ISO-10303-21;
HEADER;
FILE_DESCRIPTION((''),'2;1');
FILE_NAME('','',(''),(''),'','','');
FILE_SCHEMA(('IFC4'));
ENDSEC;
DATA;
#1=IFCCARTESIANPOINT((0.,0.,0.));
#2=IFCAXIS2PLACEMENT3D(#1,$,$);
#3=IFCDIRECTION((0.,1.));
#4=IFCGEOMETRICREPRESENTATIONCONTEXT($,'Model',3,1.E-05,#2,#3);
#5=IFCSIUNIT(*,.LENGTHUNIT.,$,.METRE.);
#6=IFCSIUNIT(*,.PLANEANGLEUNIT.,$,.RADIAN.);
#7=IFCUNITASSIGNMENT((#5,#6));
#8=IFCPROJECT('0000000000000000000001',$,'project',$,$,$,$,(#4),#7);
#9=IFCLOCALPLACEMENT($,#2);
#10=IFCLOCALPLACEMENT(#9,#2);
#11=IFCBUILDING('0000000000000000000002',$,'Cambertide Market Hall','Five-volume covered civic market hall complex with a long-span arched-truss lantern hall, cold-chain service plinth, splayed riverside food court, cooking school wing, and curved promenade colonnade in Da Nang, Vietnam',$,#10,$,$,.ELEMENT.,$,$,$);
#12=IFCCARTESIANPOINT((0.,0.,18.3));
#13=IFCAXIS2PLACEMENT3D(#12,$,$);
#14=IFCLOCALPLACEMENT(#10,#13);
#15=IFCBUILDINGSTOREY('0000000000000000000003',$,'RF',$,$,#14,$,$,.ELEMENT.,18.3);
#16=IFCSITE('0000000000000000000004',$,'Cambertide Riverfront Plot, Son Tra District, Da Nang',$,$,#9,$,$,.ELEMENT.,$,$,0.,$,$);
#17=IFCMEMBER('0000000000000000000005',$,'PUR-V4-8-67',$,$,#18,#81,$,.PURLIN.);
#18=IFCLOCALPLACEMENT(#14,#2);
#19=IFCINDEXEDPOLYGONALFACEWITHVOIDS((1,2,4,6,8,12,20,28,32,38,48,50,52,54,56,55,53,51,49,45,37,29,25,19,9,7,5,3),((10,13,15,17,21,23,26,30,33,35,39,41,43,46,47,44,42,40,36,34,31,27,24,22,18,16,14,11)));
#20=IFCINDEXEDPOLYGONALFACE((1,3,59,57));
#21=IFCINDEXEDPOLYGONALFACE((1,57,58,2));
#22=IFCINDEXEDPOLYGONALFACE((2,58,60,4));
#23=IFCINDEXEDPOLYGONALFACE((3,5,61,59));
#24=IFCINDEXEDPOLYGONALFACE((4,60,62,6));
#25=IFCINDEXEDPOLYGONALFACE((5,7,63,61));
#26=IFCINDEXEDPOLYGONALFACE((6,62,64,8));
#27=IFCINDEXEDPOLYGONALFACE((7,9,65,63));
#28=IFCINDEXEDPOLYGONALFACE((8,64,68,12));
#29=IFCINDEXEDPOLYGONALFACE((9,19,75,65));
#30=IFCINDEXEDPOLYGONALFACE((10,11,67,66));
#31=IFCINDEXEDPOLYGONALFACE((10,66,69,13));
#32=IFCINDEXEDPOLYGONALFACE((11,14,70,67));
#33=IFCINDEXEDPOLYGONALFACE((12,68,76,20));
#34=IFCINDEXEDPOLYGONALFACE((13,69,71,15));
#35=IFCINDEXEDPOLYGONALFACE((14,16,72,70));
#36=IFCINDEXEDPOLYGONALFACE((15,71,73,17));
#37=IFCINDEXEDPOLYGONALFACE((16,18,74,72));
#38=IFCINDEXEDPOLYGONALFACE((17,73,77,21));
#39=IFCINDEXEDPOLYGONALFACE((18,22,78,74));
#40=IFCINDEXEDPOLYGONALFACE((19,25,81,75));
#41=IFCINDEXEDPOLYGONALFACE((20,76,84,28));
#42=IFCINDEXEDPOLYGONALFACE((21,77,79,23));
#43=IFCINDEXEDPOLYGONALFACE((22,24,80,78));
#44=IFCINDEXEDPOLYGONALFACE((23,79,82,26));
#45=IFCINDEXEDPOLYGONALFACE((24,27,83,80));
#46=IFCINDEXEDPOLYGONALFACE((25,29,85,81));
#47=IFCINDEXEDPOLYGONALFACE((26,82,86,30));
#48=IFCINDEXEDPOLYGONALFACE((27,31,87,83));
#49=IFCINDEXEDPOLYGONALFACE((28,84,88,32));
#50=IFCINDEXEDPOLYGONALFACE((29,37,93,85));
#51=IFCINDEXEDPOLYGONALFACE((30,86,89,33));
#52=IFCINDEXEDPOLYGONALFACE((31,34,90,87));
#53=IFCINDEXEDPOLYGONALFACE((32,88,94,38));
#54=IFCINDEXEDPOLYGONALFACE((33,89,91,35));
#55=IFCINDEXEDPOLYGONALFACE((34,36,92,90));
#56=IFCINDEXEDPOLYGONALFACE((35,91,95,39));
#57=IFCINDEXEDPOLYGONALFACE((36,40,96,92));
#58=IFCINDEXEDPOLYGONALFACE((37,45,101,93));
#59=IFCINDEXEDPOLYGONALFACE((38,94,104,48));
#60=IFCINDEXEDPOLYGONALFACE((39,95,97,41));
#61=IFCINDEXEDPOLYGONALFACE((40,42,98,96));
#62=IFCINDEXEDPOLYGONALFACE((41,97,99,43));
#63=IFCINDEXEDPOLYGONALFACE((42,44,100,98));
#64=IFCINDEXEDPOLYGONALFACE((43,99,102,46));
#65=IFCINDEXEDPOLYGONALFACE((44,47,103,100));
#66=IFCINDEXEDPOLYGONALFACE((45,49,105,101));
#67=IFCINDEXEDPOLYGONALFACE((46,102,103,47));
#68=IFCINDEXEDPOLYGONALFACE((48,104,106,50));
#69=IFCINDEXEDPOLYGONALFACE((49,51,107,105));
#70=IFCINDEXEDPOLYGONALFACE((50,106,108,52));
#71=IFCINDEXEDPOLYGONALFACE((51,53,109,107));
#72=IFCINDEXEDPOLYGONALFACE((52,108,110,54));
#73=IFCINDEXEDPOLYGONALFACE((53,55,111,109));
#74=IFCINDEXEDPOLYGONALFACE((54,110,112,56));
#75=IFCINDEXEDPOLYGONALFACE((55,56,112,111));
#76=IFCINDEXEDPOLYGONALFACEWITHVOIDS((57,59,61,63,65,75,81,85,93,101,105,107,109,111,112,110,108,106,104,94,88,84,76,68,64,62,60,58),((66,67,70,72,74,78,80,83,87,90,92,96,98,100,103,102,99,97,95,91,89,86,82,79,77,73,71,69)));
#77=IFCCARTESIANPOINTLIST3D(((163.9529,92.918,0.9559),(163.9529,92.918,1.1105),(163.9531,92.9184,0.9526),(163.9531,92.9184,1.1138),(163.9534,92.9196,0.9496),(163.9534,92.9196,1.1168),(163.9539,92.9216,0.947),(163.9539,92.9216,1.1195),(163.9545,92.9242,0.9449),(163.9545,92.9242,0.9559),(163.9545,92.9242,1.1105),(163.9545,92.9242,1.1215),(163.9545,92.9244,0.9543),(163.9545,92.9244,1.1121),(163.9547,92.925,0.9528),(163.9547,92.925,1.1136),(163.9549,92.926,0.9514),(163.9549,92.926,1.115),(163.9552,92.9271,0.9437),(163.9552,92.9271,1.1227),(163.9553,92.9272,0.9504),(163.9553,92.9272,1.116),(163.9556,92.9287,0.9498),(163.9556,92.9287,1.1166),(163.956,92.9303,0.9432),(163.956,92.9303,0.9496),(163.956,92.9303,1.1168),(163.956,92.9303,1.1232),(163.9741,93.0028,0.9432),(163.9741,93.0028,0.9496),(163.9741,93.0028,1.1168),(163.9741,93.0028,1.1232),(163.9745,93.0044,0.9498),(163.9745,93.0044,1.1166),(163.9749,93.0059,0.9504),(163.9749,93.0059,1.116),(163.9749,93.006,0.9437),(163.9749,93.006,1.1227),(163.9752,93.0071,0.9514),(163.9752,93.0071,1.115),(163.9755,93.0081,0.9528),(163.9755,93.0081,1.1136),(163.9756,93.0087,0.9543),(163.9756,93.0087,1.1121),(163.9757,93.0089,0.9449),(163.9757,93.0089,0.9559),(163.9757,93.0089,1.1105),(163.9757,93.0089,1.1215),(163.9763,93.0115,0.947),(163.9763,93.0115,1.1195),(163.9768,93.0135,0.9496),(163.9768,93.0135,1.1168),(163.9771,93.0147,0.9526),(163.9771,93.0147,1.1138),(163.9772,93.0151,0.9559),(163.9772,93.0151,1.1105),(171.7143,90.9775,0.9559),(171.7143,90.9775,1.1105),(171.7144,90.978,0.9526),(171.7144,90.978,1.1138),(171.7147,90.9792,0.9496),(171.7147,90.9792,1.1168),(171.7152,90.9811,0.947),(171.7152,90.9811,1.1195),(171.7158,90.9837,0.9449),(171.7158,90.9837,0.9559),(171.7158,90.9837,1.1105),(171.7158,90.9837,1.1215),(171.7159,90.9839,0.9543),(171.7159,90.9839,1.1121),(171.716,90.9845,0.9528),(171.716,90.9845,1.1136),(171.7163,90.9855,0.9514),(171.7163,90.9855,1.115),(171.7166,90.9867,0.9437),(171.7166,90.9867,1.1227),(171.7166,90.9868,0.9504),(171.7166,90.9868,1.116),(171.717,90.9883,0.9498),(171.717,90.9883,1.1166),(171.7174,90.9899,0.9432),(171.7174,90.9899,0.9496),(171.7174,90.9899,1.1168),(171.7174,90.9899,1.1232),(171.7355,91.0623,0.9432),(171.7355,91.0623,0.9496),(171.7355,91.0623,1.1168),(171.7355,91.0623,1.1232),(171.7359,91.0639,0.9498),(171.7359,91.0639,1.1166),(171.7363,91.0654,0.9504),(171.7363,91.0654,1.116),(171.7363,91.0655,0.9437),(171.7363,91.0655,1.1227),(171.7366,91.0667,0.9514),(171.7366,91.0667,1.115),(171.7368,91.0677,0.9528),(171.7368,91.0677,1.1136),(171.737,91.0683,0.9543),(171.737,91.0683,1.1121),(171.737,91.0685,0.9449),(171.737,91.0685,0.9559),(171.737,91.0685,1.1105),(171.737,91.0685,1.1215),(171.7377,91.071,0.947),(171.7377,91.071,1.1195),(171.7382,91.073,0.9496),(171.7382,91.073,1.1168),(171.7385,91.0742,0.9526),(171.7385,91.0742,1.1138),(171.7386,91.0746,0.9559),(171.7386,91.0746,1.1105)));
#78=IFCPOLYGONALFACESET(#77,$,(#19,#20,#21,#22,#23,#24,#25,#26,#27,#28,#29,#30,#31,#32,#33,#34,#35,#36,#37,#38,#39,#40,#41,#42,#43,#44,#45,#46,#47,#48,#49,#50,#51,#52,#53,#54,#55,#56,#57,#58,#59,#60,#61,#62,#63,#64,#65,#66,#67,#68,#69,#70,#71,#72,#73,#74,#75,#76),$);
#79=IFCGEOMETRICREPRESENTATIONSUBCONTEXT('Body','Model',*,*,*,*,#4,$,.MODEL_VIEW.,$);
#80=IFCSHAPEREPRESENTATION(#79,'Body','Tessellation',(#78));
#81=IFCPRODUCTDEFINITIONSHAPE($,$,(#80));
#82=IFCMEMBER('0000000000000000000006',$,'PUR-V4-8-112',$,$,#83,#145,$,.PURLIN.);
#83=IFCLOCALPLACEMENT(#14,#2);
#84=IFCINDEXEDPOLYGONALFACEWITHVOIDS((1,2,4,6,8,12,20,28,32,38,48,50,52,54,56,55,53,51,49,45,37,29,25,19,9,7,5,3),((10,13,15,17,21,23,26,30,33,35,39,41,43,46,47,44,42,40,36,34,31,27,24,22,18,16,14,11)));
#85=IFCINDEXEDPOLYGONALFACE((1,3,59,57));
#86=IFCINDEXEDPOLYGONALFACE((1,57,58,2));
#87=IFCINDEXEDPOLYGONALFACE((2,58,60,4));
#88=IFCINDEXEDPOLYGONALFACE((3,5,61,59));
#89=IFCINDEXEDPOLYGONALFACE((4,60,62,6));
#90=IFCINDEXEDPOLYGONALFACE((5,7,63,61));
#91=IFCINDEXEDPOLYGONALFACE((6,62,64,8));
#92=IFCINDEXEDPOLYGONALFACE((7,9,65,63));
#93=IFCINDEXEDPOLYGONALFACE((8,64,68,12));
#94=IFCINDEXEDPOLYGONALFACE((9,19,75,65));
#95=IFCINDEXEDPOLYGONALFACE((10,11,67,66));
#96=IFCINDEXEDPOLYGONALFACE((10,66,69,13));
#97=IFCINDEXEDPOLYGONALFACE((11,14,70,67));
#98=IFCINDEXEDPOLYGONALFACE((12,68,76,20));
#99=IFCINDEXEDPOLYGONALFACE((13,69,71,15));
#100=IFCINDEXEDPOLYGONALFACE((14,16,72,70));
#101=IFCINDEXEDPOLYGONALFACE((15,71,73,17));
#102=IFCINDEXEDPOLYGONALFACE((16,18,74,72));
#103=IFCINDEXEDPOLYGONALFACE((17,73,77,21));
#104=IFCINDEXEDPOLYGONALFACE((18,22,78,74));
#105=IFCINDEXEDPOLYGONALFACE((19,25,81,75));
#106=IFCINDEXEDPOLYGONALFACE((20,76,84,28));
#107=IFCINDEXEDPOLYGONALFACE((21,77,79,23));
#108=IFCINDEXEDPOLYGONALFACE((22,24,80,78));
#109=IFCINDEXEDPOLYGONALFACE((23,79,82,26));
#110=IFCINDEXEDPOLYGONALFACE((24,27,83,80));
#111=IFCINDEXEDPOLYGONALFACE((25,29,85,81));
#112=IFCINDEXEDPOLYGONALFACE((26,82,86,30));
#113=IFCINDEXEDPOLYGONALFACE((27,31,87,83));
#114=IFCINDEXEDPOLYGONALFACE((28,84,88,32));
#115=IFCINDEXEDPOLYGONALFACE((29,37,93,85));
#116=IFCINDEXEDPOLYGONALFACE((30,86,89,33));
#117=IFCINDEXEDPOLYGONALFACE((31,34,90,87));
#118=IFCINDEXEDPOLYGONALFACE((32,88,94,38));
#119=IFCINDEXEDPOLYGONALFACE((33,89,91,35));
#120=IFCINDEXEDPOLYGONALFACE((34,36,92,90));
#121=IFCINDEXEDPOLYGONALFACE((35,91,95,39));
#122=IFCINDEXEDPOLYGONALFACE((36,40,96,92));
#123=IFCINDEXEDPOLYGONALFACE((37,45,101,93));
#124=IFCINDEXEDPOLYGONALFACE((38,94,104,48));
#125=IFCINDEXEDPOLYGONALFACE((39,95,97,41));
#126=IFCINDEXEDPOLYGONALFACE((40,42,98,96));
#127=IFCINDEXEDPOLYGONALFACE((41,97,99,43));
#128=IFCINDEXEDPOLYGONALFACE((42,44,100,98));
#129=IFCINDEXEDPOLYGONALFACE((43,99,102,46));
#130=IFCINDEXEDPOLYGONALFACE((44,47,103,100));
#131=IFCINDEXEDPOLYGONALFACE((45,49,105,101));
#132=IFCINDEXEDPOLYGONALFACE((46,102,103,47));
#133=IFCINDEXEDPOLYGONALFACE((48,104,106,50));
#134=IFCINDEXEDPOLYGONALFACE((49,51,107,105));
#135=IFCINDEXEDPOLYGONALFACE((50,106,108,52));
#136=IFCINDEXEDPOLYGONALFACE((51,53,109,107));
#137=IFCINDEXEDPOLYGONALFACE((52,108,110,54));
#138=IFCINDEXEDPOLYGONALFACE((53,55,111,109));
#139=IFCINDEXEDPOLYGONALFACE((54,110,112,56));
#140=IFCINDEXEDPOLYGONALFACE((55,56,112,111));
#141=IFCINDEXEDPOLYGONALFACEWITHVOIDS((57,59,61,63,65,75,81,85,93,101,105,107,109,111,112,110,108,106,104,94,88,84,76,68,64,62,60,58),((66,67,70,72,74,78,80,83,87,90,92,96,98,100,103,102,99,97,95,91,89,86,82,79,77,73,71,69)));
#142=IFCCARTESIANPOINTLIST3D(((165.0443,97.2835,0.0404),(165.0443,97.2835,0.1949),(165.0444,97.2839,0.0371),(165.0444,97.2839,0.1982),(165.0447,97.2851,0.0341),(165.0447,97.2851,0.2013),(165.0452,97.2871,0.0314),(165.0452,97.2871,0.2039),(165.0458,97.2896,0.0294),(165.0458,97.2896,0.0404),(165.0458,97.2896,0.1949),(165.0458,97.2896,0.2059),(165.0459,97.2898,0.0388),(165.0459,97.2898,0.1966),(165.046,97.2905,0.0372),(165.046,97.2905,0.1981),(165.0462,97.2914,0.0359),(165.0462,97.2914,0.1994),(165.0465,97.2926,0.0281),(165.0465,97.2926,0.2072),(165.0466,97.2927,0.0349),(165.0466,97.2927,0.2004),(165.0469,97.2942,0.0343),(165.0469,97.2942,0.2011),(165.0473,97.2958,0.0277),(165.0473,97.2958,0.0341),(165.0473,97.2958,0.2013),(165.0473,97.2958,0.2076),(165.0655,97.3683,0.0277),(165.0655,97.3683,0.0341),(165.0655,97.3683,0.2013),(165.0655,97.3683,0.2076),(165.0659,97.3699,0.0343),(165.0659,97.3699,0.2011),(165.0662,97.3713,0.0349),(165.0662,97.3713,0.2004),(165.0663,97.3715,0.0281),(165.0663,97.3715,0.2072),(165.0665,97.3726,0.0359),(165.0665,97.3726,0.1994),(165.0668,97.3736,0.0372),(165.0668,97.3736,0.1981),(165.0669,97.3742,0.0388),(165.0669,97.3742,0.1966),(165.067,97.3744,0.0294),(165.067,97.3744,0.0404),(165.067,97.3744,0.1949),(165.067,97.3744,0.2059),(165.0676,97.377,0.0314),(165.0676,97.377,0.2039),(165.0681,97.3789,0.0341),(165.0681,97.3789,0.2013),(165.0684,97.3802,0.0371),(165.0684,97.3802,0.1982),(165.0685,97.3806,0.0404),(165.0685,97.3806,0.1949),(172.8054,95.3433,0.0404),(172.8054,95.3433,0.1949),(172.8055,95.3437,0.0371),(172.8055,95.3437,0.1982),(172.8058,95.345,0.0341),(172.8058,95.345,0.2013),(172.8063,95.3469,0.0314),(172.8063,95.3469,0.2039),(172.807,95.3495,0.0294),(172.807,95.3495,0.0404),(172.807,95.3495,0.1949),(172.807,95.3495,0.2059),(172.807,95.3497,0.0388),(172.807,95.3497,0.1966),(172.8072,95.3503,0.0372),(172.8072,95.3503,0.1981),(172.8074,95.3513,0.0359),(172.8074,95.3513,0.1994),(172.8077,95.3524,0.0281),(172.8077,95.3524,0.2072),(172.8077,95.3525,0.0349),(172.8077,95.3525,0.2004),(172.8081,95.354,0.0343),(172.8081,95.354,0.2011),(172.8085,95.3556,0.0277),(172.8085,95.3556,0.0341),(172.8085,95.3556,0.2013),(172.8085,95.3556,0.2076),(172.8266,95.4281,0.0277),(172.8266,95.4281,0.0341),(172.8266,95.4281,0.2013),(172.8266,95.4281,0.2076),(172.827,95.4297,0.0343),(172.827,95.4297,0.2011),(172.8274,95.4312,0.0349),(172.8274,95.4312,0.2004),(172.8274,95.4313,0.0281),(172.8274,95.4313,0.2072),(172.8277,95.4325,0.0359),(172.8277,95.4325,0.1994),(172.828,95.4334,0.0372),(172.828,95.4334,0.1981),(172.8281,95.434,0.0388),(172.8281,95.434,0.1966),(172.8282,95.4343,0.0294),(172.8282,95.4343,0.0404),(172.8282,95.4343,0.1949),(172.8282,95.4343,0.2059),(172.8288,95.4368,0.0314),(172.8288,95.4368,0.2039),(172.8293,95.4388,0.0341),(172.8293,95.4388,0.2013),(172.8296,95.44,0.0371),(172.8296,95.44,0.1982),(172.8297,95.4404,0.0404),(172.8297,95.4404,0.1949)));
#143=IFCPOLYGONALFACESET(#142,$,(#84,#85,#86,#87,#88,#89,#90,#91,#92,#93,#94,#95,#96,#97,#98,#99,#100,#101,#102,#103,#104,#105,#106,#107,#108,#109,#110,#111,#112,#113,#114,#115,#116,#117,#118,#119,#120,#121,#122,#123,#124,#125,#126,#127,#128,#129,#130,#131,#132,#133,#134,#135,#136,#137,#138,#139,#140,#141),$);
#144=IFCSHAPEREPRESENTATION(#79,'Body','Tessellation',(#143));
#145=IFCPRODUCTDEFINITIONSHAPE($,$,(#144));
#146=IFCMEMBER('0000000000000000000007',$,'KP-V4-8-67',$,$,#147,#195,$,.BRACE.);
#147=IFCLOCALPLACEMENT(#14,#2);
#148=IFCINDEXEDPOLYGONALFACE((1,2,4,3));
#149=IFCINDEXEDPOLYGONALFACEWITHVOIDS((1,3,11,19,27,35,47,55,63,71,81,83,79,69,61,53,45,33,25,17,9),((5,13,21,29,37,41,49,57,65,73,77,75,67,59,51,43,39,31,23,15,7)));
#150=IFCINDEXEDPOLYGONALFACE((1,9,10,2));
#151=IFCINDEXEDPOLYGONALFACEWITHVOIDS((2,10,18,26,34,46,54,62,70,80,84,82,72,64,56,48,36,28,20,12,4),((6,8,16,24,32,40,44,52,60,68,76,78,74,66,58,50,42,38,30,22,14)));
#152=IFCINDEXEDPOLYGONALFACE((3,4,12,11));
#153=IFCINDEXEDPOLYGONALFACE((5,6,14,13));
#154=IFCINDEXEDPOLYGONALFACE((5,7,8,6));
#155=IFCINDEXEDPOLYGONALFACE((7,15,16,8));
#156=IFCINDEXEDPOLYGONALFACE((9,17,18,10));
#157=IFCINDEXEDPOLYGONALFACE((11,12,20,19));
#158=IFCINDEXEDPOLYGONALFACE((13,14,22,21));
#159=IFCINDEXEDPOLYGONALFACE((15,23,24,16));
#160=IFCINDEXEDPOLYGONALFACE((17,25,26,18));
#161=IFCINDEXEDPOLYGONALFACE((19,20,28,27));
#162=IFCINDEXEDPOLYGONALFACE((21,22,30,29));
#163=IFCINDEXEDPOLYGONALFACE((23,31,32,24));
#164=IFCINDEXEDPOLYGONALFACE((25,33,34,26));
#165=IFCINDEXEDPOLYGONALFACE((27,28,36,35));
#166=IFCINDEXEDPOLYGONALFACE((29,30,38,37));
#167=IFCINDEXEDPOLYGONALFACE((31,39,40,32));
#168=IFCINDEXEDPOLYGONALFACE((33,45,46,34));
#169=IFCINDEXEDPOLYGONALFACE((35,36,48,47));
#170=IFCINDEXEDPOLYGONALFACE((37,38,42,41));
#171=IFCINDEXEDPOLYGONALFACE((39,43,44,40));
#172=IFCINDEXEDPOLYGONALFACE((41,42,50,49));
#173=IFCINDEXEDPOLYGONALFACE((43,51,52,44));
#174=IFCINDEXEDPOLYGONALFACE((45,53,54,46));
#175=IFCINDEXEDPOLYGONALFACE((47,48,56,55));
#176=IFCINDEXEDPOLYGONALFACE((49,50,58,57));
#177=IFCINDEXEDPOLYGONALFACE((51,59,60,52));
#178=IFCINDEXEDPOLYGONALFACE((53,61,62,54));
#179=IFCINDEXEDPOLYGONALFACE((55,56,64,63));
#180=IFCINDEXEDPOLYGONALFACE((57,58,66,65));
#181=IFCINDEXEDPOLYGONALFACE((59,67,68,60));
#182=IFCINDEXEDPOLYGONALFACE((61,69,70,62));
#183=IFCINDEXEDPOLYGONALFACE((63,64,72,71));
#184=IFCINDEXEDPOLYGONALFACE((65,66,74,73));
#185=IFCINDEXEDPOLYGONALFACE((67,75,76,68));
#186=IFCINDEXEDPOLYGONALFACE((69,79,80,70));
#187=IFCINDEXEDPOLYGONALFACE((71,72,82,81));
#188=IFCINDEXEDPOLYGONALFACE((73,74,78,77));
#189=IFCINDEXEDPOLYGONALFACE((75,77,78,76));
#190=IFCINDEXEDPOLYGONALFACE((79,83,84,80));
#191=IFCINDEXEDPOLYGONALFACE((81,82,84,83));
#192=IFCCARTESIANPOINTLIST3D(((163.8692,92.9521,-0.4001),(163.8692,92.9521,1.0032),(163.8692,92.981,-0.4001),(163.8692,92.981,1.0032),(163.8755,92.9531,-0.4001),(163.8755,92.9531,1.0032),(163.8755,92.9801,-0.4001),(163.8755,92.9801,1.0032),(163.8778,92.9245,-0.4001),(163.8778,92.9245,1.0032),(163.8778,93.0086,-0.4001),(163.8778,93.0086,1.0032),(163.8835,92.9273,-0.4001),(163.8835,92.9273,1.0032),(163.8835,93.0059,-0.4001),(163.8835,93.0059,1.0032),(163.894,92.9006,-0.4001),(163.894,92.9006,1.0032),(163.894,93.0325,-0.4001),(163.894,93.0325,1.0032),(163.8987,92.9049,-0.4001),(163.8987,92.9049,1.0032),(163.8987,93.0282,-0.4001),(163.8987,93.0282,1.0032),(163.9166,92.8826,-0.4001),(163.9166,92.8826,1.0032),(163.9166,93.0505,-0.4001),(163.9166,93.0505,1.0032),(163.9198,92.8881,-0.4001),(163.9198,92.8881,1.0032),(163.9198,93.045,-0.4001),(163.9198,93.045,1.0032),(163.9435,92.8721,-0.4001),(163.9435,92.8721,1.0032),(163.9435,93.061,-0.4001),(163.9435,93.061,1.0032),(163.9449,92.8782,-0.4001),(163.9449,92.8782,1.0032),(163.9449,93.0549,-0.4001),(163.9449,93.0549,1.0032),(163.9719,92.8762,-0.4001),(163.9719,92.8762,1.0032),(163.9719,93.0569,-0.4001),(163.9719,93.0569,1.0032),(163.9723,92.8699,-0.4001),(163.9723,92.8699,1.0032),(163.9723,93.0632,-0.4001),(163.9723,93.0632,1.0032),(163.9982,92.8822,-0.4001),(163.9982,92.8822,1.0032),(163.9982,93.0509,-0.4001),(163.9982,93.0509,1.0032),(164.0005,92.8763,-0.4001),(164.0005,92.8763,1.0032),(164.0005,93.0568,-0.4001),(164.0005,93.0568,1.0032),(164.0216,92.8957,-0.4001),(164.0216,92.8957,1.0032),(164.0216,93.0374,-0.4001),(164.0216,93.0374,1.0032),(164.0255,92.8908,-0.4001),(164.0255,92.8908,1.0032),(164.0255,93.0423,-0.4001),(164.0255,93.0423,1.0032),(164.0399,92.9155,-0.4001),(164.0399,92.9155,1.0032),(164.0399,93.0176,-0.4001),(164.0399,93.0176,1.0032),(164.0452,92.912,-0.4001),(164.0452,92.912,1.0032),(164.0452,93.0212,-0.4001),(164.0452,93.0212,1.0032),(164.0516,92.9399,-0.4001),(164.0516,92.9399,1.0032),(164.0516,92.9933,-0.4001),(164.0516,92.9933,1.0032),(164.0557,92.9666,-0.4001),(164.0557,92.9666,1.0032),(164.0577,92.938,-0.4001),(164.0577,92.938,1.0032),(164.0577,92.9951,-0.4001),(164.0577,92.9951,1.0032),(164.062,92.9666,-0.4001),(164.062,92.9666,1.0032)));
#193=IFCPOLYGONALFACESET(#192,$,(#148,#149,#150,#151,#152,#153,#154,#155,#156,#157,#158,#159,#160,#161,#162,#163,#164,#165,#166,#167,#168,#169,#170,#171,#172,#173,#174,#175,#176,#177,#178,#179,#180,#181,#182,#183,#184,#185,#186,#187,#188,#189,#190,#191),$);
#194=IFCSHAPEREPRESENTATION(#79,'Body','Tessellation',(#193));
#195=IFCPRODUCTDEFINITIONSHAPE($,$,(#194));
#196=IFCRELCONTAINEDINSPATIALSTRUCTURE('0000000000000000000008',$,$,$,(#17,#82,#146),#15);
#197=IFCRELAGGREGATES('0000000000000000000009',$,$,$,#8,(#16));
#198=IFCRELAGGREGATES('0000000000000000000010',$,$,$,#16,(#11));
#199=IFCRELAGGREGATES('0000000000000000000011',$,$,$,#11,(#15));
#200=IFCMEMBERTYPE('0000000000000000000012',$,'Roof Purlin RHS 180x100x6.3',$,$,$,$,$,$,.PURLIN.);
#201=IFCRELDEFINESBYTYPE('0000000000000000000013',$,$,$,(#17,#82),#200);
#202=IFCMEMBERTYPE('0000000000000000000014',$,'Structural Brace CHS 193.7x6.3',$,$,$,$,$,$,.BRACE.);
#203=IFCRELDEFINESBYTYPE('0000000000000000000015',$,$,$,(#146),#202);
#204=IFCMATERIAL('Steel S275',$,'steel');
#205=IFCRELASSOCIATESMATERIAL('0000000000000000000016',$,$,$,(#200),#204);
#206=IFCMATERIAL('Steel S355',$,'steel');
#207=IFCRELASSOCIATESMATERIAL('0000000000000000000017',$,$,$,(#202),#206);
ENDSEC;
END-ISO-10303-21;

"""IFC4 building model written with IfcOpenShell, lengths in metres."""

from ifc_helpers import new_model, si_unit, direction, frame, origin, origin_2d, place, context, subcontext, project, spatial, hollow_rectangle, hollow_circle, extrude, material, material_profile, profile_set, type_object, element, save


model = new_model("IFC4")

# Units and contexts
model_context = context("Model", 3, precision=1e-05, world=origin(), true_north=direction((0.0, 1.0)))
body_context = subcontext(model_context, "Body", "Model", "MODEL_VIEW")
ifc_project = project(units=[si_unit("LENGTHUNIT", "METRE"), si_unit("PLANEANGLEUNIT", "RADIAN")], contexts=[model_context])

# Site, building, storey
site_placement = place(None, origin())
site = spatial("IfcSite", under=ifc_project, at=site_placement, Name="Cambertide Riverfront Plot, Son Tra District, Da Nang", CompositionType="ELEMENT", RefElevation=0.0)
building_placement = place(site_placement, origin())
building = spatial("IfcBuilding", under=site, at=building_placement, Name="Cambertide Market Hall", Description="Five-volume covered civic market hall complex with a long-span arched-truss lantern hall, cold-chain service plinth, splayed riverside food court, cooking school wing, and curved promenade colonnade in Da Nang, Vietnam", CompositionType="ELEMENT")
storey_placement = place(building_placement, frame((0.0, 0.0, 18.3)))
storey = spatial("IfcBuildingStorey", under=building, at=storey_placement, Name="RF", CompositionType="ELEMENT", Elevation=18.3)

# Members
ifc_material_1 = material(Name="Steel S275", Category="steel")
ifc_material_profile_1 = material_profile(ifc_material_1, hollow_rectangle(XDim=0.1001, YDim=0.1799, WallThickness=0.0063, InnerFilletRadius=0.0063, OuterFilletRadius=0.0127, at=origin_2d()), Name="RHS 180x100x6.3")
ifc_profile_set_1 = profile_set([ifc_material_profile_1], Name="Steel S275")
member_type_1 = type_object("IfcMemberType", Name="Roof Purlin RHS 180x100x6.3", PredefinedType="PURLIN", material=ifc_profile_set_1)
member_1_placement = place(storey_placement, frame((163.9651, 92.9666, 1.0332), z_axis=(0.970139, -0.24255, 0.0), x_axis=(0.24255, 0.970139, 0.0)))
element("IfcMember", 1, at=member_1_placement, inside=storey, type_object=member_type_1, Name="PUR-V4-8-67", PredefinedType="PURLIN", context=body_context, shape_type="SweptSolid", body=[
    extrude(hollow_rectangle(XDim=0.1001, YDim=0.1799, WallThickness=0.0063, InnerFilletRadius=0.0063, OuterFilletRadius=0.0127, at=origin_2d()), origin(), (0.0, 0.0, 1.0), 8.0002),
])
member_2_placement = place(storey_placement, frame((165.0564, 97.332, 0.1177), z_axis=(0.970146, -0.242521, 0.0), x_axis=(0.242521, 0.970146, 0.0)))
element("IfcMember", 2, at=member_2_placement, inside=storey, type_object=member_type_1, Name="PUR-V4-8-112", PredefinedType="PURLIN", context=body_context, shape_type="SweptSolid", body=[
    extrude(hollow_rectangle(XDim=0.1001, YDim=0.1799, WallThickness=0.0063, InnerFilletRadius=0.0063, OuterFilletRadius=0.0127, at=origin_2d()), origin(), (0.0, 0.0, 1.0), 8.0),
])
ifc_material_2 = material(Name="Steel S355", Category="steel")
ifc_material_profile_2 = material_profile(ifc_material_2, hollow_circle(Radius=0.0969, WallThickness=0.0063, at=origin_2d()), Name="CHS 193.7x6.3")
ifc_profile_set_2 = profile_set([ifc_material_profile_2], Name="Steel S355")
member_type_2 = type_object("IfcMemberType", Name="Structural Brace CHS 193.7x6.3", PredefinedType="BRACE", material=ifc_profile_set_2)
for number, where, z_axis, x_axis, name in (
    (3, (163.9651, 92.9666, -0.4001), (0.0, 0.0, 1.0), (1.0, 0.0, 0.0), "KP-V4-8-67"),
):
    element("IfcMember", number, at=place(storey_placement, frame(where, z_axis=z_axis, x_axis=x_axis)), inside=storey, type_object=member_type_2, Name=name, PredefinedType="BRACE", context=body_context, shape_type="SweptSolid", body=[
        extrude(hollow_circle(Radius=0.0969, WallThickness=0.0063, at=origin_2d()), origin(), (0.0, 0.0, 1.0), 1.4033),
    ])

save(model, "model.ifc")
